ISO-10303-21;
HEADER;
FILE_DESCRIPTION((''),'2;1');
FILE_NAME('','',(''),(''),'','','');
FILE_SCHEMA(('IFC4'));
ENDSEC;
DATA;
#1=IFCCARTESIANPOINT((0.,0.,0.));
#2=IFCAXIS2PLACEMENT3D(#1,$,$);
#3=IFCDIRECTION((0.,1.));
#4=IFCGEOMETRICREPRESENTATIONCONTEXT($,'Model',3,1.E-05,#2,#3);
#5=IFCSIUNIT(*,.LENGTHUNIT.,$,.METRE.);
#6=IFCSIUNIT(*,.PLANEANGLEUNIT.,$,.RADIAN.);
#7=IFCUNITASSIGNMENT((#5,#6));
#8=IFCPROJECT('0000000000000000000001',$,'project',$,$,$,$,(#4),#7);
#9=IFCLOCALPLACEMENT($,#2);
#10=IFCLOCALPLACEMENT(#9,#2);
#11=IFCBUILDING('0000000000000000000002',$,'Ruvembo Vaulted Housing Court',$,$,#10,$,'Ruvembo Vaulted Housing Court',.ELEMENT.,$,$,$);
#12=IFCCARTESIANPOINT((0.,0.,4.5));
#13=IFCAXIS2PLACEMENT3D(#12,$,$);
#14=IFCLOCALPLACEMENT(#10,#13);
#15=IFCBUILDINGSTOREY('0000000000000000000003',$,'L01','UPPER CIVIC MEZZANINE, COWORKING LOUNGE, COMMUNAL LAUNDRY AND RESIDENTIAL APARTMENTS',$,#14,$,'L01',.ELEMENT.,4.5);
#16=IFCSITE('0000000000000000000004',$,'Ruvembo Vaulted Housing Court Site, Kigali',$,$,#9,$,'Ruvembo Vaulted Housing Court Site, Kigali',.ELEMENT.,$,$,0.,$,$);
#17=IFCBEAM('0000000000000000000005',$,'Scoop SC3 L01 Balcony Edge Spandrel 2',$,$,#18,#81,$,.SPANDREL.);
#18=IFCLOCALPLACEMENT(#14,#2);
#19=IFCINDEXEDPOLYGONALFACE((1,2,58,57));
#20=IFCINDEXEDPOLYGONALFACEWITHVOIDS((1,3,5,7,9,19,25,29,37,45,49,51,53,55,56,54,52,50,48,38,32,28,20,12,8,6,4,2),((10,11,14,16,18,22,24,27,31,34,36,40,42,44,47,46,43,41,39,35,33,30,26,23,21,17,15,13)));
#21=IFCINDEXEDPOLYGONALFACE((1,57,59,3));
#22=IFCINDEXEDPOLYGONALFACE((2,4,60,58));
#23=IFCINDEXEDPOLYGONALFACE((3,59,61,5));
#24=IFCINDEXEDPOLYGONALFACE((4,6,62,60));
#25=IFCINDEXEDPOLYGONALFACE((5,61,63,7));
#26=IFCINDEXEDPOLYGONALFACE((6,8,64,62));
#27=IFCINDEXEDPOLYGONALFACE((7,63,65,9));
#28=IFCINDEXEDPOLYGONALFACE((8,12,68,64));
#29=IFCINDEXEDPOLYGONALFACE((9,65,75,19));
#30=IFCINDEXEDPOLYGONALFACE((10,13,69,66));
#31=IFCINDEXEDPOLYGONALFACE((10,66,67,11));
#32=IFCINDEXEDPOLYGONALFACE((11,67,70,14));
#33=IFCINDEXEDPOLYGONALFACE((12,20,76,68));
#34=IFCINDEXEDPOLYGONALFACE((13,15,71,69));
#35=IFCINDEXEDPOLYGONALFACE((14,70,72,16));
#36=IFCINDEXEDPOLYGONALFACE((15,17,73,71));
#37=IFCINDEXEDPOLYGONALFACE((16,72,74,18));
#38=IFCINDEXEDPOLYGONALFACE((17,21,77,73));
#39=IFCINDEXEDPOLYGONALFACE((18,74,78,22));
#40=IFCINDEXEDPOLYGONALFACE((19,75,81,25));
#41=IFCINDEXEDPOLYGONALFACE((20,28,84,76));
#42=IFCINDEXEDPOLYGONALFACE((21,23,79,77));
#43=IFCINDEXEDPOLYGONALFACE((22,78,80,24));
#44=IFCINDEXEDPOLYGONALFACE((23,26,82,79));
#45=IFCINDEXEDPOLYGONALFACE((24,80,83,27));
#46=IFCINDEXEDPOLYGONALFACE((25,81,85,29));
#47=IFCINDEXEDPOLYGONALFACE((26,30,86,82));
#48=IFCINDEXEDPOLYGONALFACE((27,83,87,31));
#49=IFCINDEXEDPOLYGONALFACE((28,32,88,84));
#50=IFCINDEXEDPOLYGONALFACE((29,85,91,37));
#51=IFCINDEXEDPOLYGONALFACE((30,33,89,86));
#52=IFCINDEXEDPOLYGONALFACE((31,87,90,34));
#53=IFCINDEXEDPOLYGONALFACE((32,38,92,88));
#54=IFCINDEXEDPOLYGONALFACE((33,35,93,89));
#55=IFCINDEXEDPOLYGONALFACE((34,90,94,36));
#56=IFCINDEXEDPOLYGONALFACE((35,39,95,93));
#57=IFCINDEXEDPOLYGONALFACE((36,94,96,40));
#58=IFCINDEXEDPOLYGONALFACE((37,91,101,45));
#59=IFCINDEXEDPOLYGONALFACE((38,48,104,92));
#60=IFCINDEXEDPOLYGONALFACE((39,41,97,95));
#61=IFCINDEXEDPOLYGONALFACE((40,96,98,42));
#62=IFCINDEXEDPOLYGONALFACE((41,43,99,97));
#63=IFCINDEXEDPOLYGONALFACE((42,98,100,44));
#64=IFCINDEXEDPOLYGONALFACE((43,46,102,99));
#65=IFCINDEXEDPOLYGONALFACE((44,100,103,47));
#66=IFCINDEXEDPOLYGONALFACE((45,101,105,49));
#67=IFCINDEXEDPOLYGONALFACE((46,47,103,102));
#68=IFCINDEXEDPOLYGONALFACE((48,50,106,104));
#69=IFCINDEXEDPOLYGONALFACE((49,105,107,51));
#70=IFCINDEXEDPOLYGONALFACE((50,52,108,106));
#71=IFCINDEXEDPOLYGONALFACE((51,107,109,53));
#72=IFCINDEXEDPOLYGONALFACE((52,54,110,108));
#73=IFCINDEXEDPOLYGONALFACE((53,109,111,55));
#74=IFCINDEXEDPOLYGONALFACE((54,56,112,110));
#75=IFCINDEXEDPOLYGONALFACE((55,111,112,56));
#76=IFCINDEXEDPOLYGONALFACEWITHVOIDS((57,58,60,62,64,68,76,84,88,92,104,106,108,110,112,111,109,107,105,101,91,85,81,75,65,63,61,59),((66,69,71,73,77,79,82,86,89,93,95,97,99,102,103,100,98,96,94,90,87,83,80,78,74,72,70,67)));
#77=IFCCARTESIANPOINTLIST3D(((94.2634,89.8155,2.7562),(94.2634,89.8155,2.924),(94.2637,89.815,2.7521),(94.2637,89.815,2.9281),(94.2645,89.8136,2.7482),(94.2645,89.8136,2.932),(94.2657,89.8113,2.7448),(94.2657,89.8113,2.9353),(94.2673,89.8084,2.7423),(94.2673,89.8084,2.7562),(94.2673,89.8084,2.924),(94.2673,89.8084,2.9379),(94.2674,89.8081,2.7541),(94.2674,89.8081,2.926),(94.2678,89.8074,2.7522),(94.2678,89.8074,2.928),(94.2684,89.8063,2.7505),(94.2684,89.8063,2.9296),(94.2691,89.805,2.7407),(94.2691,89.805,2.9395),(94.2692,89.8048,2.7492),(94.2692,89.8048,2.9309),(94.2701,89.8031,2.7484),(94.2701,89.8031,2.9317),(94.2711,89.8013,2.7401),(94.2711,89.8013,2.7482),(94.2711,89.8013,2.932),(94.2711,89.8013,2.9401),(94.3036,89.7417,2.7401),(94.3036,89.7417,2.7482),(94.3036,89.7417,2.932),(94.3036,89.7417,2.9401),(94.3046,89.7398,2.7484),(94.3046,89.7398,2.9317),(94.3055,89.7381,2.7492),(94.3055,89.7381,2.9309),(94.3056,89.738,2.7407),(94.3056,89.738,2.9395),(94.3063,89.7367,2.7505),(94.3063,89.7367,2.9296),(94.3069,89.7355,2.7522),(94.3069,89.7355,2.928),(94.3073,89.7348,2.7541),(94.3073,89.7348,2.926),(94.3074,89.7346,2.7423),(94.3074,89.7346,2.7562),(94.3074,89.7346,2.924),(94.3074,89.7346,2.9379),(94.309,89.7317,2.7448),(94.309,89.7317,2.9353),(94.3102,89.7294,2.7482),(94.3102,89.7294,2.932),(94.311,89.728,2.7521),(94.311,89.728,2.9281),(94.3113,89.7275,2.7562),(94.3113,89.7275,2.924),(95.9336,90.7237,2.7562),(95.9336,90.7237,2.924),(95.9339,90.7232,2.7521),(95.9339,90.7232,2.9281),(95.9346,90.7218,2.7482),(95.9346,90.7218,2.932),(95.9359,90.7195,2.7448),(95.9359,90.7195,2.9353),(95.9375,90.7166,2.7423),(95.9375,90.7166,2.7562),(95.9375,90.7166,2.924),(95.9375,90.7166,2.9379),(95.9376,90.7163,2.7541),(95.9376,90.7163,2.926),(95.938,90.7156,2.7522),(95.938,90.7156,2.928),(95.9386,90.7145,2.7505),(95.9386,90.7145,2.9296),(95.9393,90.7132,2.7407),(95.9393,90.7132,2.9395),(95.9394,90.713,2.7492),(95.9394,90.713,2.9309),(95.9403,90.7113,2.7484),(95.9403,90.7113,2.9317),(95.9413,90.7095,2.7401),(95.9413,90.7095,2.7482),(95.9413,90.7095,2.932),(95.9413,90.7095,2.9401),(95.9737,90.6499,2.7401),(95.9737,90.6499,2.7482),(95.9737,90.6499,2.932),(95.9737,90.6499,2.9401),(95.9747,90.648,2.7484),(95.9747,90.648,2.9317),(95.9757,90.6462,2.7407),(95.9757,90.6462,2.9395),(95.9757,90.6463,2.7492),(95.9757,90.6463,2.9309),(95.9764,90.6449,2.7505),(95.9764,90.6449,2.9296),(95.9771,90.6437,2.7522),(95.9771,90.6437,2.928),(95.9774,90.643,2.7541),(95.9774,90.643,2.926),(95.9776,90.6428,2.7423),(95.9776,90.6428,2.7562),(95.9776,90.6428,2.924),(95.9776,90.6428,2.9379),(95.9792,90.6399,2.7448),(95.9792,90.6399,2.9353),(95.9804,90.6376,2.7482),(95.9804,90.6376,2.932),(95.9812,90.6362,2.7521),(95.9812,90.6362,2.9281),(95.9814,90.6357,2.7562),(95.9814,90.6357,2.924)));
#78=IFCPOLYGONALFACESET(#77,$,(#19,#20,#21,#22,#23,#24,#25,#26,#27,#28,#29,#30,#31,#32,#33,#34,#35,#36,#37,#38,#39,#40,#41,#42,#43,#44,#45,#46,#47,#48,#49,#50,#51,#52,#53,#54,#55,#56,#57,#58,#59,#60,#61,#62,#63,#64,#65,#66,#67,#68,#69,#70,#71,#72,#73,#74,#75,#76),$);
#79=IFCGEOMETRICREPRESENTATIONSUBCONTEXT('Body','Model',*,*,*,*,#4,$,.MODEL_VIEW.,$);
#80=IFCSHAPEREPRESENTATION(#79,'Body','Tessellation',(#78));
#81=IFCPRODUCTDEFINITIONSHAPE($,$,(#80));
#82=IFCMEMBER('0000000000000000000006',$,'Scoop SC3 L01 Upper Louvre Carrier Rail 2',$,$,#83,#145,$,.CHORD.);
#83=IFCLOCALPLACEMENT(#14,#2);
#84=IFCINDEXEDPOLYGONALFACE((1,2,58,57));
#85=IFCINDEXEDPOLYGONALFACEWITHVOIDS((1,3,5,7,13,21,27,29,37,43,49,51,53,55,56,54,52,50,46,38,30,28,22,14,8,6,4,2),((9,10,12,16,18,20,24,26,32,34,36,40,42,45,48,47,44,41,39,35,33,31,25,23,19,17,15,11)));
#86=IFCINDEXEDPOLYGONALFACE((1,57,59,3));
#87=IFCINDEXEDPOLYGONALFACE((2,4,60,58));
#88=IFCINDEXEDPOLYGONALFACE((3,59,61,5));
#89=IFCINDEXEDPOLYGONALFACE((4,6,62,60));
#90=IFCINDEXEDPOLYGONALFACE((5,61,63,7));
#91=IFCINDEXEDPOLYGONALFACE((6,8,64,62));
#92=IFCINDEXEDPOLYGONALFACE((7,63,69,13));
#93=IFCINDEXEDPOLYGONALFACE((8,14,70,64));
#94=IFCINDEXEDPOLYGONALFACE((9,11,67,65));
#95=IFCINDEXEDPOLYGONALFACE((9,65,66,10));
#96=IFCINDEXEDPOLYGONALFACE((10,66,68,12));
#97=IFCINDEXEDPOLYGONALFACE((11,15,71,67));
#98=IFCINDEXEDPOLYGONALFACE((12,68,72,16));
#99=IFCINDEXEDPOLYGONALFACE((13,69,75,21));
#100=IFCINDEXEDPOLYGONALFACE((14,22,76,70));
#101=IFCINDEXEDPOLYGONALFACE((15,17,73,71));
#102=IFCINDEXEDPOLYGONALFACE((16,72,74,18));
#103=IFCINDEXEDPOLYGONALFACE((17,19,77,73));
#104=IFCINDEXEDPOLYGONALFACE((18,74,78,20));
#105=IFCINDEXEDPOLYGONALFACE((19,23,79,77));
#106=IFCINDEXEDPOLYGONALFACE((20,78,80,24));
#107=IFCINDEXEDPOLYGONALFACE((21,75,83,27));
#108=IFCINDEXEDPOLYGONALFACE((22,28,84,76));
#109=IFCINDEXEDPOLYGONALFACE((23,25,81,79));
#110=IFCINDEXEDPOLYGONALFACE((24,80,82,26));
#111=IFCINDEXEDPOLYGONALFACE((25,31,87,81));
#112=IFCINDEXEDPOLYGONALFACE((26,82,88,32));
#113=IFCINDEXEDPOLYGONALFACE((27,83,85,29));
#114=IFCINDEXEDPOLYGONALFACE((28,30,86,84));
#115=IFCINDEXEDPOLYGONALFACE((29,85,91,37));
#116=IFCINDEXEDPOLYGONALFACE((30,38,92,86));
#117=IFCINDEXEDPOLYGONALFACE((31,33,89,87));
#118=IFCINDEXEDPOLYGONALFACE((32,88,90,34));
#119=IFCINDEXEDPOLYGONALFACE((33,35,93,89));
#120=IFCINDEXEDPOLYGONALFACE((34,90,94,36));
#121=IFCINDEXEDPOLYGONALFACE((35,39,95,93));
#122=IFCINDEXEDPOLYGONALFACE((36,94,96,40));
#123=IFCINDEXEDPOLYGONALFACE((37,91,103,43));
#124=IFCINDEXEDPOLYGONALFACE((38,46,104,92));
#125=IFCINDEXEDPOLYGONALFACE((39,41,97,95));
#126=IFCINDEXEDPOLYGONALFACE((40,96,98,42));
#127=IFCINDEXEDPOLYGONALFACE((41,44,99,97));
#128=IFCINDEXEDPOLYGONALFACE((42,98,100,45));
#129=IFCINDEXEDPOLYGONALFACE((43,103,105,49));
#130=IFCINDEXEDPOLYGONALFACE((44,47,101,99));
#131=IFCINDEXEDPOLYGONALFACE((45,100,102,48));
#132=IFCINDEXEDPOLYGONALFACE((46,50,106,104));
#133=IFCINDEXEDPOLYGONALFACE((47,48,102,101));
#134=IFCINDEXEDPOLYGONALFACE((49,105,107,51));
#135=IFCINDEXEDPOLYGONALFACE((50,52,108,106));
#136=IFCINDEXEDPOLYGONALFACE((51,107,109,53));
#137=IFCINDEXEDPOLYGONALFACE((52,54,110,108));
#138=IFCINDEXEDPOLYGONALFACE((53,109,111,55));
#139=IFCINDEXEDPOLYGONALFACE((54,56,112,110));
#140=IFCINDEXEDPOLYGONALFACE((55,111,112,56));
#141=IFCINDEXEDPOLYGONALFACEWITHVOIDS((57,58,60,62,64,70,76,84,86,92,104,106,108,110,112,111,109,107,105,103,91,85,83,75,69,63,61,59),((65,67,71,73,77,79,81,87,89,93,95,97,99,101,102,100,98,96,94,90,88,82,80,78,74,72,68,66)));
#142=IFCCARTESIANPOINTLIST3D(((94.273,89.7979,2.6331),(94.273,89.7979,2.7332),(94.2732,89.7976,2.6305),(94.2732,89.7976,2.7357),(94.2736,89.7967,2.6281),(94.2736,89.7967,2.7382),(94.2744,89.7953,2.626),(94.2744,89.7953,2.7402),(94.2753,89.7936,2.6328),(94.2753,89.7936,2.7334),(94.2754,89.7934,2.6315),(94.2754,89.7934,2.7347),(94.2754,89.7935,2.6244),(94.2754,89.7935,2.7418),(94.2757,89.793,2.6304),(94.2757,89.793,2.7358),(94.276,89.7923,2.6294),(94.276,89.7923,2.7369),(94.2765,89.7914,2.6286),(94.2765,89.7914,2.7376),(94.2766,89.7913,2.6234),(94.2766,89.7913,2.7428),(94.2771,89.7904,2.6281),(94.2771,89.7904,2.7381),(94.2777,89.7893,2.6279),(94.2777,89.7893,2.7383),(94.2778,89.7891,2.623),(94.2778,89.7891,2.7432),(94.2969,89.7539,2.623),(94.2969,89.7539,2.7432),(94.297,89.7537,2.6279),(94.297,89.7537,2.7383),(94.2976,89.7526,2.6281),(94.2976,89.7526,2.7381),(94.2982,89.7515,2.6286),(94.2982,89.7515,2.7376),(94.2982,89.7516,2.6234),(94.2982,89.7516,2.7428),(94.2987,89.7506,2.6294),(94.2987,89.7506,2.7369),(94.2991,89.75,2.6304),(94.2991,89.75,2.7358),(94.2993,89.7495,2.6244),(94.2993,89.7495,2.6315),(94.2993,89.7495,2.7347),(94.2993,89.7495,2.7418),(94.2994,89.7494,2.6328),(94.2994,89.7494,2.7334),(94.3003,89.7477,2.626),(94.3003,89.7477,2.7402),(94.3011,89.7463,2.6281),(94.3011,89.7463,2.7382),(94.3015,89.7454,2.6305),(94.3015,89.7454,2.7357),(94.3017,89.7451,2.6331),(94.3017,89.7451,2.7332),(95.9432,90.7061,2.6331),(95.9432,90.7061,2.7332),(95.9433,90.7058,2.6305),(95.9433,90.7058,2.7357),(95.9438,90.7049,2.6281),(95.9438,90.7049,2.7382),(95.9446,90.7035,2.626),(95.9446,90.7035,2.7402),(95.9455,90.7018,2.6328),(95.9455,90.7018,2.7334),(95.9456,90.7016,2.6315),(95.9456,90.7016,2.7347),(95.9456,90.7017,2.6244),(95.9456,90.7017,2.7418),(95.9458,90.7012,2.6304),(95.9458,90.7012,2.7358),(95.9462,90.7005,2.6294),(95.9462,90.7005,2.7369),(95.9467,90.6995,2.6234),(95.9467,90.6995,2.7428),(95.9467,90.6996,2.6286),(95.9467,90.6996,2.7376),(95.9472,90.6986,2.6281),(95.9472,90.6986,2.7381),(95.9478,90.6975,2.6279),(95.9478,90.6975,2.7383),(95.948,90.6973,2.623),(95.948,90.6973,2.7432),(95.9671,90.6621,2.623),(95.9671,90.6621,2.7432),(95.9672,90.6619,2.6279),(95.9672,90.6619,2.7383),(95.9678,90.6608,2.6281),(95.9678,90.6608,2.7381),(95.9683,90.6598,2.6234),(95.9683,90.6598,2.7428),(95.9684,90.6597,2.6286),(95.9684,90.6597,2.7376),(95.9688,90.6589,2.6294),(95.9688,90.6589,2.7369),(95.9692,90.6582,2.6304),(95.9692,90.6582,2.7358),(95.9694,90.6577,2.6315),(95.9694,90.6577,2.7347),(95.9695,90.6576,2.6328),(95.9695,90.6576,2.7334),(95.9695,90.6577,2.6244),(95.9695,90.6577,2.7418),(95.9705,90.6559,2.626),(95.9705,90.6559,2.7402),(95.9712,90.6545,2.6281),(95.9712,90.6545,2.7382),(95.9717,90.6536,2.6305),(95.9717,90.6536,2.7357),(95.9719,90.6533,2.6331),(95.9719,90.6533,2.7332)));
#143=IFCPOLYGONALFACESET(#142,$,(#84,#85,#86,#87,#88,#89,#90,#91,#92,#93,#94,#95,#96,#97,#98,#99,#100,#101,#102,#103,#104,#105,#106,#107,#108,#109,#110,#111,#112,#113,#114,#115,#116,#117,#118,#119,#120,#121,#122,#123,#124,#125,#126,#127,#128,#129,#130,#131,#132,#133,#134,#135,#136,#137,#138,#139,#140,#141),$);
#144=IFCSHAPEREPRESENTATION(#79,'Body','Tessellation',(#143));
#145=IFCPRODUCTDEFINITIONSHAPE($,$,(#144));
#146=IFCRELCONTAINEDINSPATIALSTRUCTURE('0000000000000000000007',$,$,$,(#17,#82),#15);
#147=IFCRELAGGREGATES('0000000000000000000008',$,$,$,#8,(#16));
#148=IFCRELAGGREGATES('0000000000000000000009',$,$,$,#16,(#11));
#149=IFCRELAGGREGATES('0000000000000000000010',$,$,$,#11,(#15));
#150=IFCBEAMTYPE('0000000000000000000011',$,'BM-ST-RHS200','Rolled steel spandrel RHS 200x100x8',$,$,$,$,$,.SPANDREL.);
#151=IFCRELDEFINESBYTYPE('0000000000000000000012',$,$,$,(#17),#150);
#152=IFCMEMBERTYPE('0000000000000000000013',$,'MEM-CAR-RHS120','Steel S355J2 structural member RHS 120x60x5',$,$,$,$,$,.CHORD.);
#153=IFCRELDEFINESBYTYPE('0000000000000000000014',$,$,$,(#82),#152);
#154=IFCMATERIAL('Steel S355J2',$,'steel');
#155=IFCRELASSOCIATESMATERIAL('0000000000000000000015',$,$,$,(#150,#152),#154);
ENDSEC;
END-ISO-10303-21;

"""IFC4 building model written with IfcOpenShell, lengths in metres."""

from ifc_helpers import new_model, si_unit, direction, frame, origin, origin_2d, place, context, subcontext, project, spatial, hollow_rectangle, extrude, material, material_profile, profile_set, type_object, element, save


model = new_model("IFC4")

# Units and contexts
model_context = context("Model", 3, precision=1e-05, world=origin(), true_north=direction((0.0, 1.0)))
body_context = subcontext(model_context, "Body", "Model", "MODEL_VIEW")
ifc_project = project(units=[si_unit("LENGTHUNIT", "METRE"), si_unit("PLANEANGLEUNIT", "RADIAN")], contexts=[model_context])

# Site, building, storey
site_placement = place(None, origin())
site = spatial("IfcSite", under=ifc_project, at=site_placement, Name="Ruvembo Vaulted Housing Court Site, Kigali", LongName="Ruvembo Vaulted Housing Court Site, Kigali", CompositionType="ELEMENT", RefElevation=0.0)
building_placement = place(site_placement, origin())
building = spatial("IfcBuilding", under=site, at=building_placement, Name="Ruvembo Vaulted Housing Court", LongName="Ruvembo Vaulted Housing Court", CompositionType="ELEMENT")
storey_placement = place(building_placement, frame((0.0, 0.0, 4.5)))
storey = spatial("IfcBuildingStorey", under=building, at=storey_placement, Name="L01", Description="UPPER CIVIC MEZZANINE, COWORKING LOUNGE, COMMUNAL LAUNDRY AND RESIDENTIAL APARTMENTS", LongName="L01", CompositionType="ELEMENT", Elevation=4.5)

# Beam
ifc_material_1 = material(Name="Steel S355J2", Category="steel")
ifc_material_profile_1 = material_profile(ifc_material_1, hollow_rectangle(XDim=0.1001, YDim=0.2, WallThickness=0.0081, InnerFilletRadius=0.0081, OuterFilletRadius=0.0161, at=origin_2d()), Name="RHS 200x100x8")
ifc_profile_set_1 = profile_set([ifc_material_profile_1], Name="Steel S355J2")
beam_type_1 = type_object("IfcBeamType", Name="BM-ST-RHS200", Description="Rolled steel spandrel RHS 200x100x8", PredefinedType="SPANDREL", material=ifc_profile_set_1)
beam_1_placement = place(storey_placement, frame((94.2874, 89.7715, 2.8401), z_axis=(0.878513, 0.477718, 0.0), x_axis=(-0.477718, 0.878513, 0.0)))
element("IfcBeam", 1, at=beam_1_placement, inside=storey, type_object=beam_type_1, Name="Scoop SC3 L01 Balcony Edge Spandrel 2", PredefinedType="SPANDREL", context=body_context, shape_type="SweptSolid", body=[
    extrude(hollow_rectangle(XDim=0.1001, YDim=0.2, WallThickness=0.0081, InnerFilletRadius=0.0081, OuterFilletRadius=0.0161, at=origin_2d()), origin(), (0.0, 0.0, 1.0), 1.9011),
])

# Member
ifc_material_profile_2 = material_profile(ifc_material_1, hollow_rectangle(XDim=0.0601, YDim=0.1201, WallThickness=0.0049, InnerFilletRadius=0.0049, OuterFilletRadius=0.01, at=origin_2d()), Name="RHS 120x60x5")
ifc_profile_set_2 = profile_set([ifc_material_profile_2], Name="Steel S355J2")
member_type_1 = type_object("IfcMemberType", Name="MEM-CAR-RHS120", Description="Steel S355J2 structural member RHS 120x60x5", PredefinedType="CHORD", material=ifc_profile_set_2)
member_1_placement = place(storey_placement, frame((94.2874, 89.7715, 2.6831), z_axis=(0.878513, 0.477718, 0.0), x_axis=(-0.477718, 0.878513, 0.0)))
element("IfcMember", 2, at=member_1_placement, inside=storey, type_object=member_type_1, Name="Scoop SC3 L01 Upper Louvre Carrier Rail 2", PredefinedType="CHORD", context=body_context, shape_type="SweptSolid", body=[
    extrude(hollow_rectangle(XDim=0.0601, YDim=0.1201, WallThickness=0.0049, InnerFilletRadius=0.0049, OuterFilletRadius=0.01, at=origin_2d()), origin(), (0.0, 0.0, 1.0), 1.9011),
])

save(model, "model.ifc")
